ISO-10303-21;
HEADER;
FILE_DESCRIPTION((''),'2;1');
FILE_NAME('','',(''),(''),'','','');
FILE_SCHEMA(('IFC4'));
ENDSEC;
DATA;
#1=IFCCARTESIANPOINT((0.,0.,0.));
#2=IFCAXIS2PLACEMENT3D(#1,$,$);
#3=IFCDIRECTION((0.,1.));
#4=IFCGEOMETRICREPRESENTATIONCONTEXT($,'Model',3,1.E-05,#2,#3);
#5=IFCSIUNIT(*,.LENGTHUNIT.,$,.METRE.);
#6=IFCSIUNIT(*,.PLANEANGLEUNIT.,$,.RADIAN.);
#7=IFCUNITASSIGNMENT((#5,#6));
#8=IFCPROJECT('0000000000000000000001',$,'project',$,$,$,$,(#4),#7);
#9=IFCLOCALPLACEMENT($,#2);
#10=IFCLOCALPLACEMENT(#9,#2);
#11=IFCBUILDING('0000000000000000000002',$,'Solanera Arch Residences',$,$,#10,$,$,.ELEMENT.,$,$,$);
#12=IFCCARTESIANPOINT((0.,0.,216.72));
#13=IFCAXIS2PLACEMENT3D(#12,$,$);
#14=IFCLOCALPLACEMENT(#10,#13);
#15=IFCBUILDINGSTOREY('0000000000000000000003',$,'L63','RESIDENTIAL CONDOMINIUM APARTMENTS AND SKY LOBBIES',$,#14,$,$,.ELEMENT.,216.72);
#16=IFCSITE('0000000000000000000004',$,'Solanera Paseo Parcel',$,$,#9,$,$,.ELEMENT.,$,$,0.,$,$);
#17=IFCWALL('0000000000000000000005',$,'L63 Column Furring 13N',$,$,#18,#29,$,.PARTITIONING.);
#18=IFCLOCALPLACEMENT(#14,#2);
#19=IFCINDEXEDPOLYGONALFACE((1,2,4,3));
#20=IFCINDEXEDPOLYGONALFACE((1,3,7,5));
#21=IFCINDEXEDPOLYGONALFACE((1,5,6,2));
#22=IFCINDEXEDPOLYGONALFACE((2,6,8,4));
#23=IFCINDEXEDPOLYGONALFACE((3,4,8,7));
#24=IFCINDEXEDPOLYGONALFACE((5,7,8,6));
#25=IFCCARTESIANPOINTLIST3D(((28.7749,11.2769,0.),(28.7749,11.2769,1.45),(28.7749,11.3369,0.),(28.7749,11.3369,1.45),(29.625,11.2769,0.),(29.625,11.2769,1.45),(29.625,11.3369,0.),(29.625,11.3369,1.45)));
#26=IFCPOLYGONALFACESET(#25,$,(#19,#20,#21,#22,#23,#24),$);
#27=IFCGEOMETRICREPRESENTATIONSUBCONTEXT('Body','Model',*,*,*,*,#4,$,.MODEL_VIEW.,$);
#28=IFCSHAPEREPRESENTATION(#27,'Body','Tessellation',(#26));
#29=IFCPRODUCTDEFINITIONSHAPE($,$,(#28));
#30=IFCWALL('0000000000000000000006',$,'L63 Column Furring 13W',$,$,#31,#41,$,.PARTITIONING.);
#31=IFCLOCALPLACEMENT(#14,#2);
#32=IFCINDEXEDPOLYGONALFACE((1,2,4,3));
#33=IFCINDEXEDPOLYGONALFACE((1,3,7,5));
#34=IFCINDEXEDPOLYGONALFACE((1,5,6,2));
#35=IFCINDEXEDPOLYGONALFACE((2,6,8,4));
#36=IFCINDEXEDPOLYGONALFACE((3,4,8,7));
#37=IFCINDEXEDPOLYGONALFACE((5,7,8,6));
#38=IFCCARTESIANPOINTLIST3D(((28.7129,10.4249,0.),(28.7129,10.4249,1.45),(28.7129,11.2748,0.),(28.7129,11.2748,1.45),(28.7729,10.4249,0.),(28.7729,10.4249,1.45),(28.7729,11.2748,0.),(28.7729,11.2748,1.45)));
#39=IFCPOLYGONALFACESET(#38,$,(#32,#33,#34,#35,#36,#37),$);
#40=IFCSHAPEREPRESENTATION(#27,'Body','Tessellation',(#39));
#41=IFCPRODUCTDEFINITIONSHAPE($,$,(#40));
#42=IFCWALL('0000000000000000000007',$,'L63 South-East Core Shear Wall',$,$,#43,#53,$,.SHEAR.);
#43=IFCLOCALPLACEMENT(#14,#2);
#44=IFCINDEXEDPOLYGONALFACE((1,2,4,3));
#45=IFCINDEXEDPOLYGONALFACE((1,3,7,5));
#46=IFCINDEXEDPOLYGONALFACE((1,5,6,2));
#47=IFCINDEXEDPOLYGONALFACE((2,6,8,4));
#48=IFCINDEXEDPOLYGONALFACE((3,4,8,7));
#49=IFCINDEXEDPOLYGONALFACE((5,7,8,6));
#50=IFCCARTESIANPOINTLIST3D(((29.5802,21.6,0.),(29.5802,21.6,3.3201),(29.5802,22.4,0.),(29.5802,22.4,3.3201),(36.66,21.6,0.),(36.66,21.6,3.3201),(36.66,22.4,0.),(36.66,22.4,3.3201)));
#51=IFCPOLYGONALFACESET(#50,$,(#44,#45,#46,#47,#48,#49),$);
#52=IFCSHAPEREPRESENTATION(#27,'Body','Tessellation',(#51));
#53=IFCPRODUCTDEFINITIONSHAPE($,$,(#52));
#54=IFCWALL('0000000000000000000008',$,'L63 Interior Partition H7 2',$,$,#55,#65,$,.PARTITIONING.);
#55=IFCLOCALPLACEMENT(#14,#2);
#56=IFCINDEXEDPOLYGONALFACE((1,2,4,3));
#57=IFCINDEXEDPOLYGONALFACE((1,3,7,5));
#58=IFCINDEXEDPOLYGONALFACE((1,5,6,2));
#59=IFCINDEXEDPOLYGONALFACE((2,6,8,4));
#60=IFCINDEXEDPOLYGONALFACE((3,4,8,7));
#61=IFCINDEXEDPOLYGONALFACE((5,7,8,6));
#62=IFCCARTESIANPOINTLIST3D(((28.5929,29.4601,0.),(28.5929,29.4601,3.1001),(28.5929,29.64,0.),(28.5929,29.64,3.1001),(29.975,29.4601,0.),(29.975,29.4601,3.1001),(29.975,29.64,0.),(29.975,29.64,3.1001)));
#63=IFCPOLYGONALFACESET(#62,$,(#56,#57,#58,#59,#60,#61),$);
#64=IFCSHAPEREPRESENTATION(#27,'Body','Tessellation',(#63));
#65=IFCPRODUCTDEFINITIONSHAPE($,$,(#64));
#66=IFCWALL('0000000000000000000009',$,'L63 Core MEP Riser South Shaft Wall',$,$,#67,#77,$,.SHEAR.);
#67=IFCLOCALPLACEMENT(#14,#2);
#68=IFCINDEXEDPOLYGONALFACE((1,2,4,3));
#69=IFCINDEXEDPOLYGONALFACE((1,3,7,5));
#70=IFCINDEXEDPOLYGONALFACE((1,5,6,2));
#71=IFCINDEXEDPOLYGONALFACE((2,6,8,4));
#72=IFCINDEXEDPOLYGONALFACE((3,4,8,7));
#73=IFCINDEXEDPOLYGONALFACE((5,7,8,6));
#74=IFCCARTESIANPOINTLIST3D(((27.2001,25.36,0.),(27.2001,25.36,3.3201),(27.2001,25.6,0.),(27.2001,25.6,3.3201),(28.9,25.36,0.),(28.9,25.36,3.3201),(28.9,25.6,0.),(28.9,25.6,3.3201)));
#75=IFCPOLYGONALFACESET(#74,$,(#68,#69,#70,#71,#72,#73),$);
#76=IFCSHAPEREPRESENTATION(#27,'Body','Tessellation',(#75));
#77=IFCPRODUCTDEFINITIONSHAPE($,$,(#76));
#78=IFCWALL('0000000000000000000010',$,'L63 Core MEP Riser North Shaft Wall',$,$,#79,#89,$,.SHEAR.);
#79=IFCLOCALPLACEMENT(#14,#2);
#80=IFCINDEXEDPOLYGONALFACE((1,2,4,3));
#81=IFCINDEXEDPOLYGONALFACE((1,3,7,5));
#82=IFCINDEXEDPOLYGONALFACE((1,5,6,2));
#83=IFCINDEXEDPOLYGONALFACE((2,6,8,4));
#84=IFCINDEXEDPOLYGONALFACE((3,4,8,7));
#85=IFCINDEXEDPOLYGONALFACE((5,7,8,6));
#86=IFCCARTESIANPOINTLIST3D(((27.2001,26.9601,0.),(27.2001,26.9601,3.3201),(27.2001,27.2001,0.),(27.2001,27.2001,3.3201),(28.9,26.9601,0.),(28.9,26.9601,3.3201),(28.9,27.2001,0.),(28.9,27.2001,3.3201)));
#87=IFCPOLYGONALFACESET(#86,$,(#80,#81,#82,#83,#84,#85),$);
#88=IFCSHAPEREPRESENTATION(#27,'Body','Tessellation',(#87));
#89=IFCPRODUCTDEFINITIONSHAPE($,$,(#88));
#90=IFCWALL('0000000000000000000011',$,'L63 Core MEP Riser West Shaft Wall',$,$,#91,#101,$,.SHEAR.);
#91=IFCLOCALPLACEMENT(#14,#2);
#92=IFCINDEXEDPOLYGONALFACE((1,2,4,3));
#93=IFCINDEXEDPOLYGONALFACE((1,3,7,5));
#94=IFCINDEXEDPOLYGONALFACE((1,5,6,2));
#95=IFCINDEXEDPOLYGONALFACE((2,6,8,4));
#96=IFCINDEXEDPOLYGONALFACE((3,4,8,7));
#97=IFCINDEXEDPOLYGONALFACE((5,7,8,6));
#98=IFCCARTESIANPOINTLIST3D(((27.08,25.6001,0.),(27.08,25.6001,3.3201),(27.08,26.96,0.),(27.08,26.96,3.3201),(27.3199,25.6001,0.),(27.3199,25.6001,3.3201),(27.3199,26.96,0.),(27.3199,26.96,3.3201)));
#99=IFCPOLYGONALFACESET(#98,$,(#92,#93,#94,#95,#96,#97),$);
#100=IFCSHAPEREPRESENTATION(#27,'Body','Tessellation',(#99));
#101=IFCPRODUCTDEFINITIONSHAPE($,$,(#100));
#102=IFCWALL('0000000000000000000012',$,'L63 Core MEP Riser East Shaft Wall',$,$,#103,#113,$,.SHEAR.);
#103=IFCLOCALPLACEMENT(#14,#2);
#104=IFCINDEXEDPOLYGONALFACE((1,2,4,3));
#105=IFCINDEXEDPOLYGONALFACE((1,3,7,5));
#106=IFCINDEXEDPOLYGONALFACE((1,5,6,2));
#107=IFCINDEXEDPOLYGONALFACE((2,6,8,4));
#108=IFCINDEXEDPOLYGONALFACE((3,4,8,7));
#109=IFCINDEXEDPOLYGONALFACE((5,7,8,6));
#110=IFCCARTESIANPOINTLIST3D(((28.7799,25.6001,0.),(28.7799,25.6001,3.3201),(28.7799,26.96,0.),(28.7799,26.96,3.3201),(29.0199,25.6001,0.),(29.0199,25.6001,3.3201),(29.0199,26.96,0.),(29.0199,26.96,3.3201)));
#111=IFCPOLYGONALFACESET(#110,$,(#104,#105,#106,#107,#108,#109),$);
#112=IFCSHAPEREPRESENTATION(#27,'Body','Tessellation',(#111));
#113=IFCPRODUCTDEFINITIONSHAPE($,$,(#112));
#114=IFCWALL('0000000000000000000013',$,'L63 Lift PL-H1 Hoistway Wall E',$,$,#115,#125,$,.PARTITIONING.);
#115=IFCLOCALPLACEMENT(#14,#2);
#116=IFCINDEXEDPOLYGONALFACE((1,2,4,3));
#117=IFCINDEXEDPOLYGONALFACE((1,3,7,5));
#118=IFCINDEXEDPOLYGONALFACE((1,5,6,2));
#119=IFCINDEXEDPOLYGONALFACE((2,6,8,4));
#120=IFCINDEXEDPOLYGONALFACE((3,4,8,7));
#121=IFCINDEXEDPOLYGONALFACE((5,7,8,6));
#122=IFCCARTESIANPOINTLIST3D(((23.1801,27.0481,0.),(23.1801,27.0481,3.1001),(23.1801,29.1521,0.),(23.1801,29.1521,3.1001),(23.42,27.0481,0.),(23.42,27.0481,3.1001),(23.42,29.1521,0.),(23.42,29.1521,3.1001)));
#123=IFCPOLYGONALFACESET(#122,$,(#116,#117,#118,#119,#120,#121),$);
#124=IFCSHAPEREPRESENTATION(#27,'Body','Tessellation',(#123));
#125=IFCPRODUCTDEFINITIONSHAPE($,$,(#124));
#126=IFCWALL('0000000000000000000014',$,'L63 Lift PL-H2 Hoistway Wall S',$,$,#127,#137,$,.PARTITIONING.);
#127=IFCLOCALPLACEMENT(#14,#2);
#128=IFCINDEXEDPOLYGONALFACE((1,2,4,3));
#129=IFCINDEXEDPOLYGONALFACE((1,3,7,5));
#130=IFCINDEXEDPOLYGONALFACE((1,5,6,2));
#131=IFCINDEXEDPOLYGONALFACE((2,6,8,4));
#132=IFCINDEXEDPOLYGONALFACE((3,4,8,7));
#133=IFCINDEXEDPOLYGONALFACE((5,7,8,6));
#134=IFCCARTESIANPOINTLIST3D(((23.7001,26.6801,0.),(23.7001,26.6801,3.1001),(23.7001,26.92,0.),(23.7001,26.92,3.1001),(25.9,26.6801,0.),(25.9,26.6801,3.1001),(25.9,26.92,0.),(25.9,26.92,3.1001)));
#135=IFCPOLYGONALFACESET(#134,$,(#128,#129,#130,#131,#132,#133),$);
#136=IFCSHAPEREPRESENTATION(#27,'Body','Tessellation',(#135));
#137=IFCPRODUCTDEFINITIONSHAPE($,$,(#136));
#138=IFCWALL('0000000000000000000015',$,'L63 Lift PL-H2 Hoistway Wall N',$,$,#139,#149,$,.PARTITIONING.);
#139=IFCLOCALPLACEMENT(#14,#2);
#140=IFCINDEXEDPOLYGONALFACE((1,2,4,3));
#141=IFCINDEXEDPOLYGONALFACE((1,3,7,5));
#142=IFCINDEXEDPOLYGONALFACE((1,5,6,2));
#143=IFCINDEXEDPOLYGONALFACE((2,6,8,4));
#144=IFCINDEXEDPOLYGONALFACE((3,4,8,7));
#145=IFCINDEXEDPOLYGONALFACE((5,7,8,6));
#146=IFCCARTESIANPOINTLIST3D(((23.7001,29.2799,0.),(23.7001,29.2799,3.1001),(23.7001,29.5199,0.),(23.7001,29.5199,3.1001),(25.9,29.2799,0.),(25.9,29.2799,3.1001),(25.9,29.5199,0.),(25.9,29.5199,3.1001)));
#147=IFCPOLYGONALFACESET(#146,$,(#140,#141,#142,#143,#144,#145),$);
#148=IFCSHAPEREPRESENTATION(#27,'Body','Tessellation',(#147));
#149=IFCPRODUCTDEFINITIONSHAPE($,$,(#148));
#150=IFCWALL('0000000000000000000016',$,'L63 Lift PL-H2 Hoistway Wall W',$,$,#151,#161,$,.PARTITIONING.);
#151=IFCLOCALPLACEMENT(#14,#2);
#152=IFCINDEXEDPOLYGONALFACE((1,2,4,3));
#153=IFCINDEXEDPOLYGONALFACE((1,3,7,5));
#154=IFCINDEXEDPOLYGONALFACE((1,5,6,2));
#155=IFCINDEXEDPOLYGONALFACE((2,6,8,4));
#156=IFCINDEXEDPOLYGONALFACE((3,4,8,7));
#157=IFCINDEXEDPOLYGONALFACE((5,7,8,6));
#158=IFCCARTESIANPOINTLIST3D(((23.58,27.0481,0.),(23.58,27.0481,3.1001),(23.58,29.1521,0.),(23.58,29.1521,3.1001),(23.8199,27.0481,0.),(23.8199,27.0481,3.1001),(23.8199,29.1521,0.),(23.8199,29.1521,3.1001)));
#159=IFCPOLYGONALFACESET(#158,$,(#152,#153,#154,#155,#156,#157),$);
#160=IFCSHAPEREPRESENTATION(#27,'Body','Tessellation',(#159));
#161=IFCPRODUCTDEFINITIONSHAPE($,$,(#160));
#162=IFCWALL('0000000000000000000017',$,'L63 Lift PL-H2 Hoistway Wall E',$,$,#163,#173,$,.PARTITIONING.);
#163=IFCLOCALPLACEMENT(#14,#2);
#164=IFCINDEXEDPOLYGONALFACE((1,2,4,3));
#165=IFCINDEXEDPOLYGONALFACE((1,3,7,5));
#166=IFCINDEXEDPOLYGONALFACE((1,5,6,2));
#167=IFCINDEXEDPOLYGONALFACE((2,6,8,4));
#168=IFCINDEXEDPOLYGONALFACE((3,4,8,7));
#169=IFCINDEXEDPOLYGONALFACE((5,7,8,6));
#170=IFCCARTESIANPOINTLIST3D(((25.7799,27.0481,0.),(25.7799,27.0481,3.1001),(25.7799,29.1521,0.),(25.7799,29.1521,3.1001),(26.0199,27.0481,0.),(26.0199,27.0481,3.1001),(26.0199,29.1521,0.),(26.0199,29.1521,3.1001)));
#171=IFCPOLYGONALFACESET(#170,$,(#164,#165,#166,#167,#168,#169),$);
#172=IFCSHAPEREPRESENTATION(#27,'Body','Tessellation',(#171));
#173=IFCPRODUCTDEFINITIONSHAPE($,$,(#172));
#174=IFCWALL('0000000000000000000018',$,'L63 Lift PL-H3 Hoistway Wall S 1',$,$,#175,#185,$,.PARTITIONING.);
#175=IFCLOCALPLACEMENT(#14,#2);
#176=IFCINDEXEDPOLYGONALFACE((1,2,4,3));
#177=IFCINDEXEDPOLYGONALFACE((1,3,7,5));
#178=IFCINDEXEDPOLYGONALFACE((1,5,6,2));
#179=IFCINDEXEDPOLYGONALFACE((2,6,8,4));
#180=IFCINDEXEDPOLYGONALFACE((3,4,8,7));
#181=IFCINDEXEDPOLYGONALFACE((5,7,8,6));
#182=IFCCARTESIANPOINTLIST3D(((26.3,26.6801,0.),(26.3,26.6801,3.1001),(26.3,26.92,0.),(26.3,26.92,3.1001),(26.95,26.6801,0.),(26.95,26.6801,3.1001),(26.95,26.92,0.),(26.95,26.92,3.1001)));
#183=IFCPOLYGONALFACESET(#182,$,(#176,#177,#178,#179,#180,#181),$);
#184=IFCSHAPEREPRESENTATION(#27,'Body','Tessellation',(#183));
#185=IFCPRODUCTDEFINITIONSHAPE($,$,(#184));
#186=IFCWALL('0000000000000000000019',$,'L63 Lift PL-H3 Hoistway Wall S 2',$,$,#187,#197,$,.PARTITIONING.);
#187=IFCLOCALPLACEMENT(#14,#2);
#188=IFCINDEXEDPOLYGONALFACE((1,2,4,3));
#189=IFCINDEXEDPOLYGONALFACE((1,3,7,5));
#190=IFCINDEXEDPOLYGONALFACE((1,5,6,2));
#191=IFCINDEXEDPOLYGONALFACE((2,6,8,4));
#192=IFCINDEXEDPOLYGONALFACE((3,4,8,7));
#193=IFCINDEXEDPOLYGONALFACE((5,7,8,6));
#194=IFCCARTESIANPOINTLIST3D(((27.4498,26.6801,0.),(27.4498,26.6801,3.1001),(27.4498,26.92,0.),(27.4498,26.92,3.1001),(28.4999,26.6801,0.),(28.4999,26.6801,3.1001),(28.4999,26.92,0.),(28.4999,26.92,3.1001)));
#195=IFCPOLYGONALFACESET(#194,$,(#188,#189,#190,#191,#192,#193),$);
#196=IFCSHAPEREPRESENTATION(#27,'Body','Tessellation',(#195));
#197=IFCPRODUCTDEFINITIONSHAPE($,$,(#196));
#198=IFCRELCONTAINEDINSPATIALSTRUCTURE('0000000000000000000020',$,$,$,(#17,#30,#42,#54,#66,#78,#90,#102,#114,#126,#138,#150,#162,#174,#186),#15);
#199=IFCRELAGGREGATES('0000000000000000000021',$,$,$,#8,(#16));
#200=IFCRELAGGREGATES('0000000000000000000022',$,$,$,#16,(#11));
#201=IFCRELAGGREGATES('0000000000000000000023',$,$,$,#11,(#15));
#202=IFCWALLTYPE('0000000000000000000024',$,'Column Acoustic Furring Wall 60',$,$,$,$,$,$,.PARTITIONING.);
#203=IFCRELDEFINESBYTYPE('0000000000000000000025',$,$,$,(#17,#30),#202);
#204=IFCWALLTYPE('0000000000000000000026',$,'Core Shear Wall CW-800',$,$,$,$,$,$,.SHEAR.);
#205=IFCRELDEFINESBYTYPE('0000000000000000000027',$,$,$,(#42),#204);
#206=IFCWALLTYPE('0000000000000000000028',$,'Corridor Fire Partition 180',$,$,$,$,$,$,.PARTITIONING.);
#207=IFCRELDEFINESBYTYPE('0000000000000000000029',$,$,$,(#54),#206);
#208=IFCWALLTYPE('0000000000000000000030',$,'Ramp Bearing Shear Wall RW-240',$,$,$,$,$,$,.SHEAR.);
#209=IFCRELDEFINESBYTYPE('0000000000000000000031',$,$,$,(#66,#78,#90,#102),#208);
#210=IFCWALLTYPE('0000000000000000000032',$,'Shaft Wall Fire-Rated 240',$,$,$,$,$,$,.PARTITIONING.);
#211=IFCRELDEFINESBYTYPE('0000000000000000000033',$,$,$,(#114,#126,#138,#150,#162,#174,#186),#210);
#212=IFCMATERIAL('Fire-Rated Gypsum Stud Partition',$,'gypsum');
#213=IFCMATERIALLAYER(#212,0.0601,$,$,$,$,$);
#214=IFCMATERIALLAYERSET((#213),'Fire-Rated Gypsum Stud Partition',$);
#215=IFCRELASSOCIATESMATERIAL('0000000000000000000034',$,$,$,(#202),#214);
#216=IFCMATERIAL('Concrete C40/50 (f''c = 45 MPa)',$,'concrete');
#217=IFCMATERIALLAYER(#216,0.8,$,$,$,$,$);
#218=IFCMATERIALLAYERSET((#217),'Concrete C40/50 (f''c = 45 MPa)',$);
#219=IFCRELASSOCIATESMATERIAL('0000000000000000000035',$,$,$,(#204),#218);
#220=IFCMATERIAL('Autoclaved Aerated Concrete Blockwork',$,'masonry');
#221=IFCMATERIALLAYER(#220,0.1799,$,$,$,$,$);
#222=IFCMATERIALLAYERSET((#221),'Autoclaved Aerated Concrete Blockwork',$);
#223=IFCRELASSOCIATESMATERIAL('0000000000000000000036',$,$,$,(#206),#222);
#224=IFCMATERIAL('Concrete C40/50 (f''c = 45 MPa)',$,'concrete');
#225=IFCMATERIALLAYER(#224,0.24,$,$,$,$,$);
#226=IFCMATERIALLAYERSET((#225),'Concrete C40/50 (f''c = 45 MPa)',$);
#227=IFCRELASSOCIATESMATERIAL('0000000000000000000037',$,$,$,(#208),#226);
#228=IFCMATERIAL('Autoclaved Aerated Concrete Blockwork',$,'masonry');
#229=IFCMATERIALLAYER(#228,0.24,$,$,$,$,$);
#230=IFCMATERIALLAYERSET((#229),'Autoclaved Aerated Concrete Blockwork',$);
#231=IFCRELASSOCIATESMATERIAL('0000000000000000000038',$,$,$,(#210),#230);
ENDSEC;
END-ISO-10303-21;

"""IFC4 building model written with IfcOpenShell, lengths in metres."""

from ifc_helpers import new_model, si_unit, direction, frame, frame_2d, origin, place, context, subcontext, project, spatial, rectangle, extrude, material, layer, layer_set, type_object, element, save


model = new_model("IFC4")

# Units and contexts
model_context = context("Model", 3, precision=1e-05, world=origin(), true_north=direction((0.0, 1.0)))
body_context = subcontext(model_context, "Body", "Model", "MODEL_VIEW")
ifc_project = project(units=[si_unit("LENGTHUNIT", "METRE"), si_unit("PLANEANGLEUNIT", "RADIAN")], contexts=[model_context])

# Site, building, storey
site_placement = place(None, origin())
site = spatial("IfcSite", under=ifc_project, at=site_placement, Name="Solanera Paseo Parcel", CompositionType="ELEMENT", RefElevation=0.0)
building_placement = place(site_placement, origin())
building = spatial("IfcBuilding", under=site, at=building_placement, Name="Solanera Arch Residences", CompositionType="ELEMENT")
storey_placement = place(building_placement, frame((0.0, 0.0, 216.72)))
storey = spatial("IfcBuildingStorey", under=building, at=storey_placement, Name="L63", Description="RESIDENTIAL CONDOMINIUM APARTMENTS AND SKY LOBBIES", CompositionType="ELEMENT", Elevation=216.72)

# Walls
ifc_material_1 = material(Name="Fire-Rated Gypsum Stud Partition", Category="gypsum")
ifc_layer_1 = layer(ifc_material_1, 0.0601)
ifc_layer_set_1 = layer_set([ifc_layer_1], Name="Fire-Rated Gypsum Stud Partition")
wall_type_1 = type_object("IfcWallType", Name="Column Acoustic Furring Wall 60", PredefinedType="PARTITIONING", material=ifc_layer_set_1)
for number, where, z_axis, x_axis, name in (
    (1, (28.7749, 11.3069, 0.0), (0.0, 0.0, 1.0), (1.0, 0.0, 0.0), "L63 Column Furring 13N"),
):
    element("IfcWall", number, at=place(storey_placement, frame(where, z_axis=z_axis, x_axis=x_axis)), inside=storey, type_object=wall_type_1, Name=name, PredefinedType="PARTITIONING", context=body_context, shape_type="SweptSolid", body=[
        extrude(rectangle(XDim=0.8501, YDim=0.0601, at=frame_2d((0.425, 0.0))), origin(), (0.0, 0.0, 1.0), 1.45),
    ])
wall_1_placement = place(storey_placement, frame((28.7429, 10.425, 0.0), z_axis=(0.0, 0.0, 1.0), x_axis=(0.0, 1.0, 0.0)))
element("IfcWall", 2, at=wall_1_placement, inside=storey, type_object=wall_type_1, Name="L63 Column Furring 13W", PredefinedType="PARTITIONING", context=body_context, shape_type="SweptSolid", body=[
    extrude(rectangle(XDim=0.8499, YDim=0.0601, at=frame_2d((0.4248, 0.0))), origin(), (0.0, 0.0, 1.0), 1.45),
])
ifc_material_2 = material(Name="Concrete C40/50 (f'c = 45 MPa)", Category="concrete")
ifc_layer_2 = layer(ifc_material_2, 0.8)
ifc_layer_set_2 = layer_set([ifc_layer_2], Name="Concrete C40/50 (f'c = 45 MPa)")
wall_type_2 = type_object("IfcWallType", Name="Core Shear Wall CW-800", PredefinedType="SHEAR", material=ifc_layer_set_2)
wall_2_placement = place(storey_placement, frame((29.5801, 22.0, 0.0), z_axis=(0.0, 0.0, 1.0), x_axis=(1.0, 0.0, 0.0)))
element("IfcWall", 3, at=wall_2_placement, inside=storey, type_object=wall_type_2, Name="L63 South-East Core Shear Wall", PredefinedType="SHEAR", context=body_context, shape_type="SweptSolid", body=[
    extrude(rectangle(XDim=7.0798, YDim=0.8, at=frame_2d((3.54, 0.0))), origin(), (0.0, 0.0, 1.0), 3.3201),
])
ifc_material_3 = material(Name="Autoclaved Aerated Concrete Blockwork", Category="masonry")
ifc_layer_3 = layer(ifc_material_3, 0.1799)
ifc_layer_set_3 = layer_set([ifc_layer_3], Name="Autoclaved Aerated Concrete Blockwork")
wall_type_3 = type_object("IfcWallType", Name="Corridor Fire Partition 180", PredefinedType="PARTITIONING", material=ifc_layer_set_3)
wall_3_placement = place(storey_placement, frame((28.593, 29.55, 0.0), z_axis=(0.0, 0.0, 1.0), x_axis=(1.0, 0.0, 0.0)))
element("IfcWall", 4, at=wall_3_placement, inside=storey, type_object=wall_type_3, Name="L63 Interior Partition H7 2", PredefinedType="PARTITIONING", context=body_context, shape_type="SweptSolid", body=[
    extrude(rectangle(XDim=1.3821, YDim=0.1799, at=frame_2d((0.6909, 0.0))), origin(), (0.0, 0.0, 1.0), 3.1001),
])
ifc_material_4 = material(Name="Concrete C40/50 (f'c = 45 MPa)", Category="concrete")
ifc_layer_4 = layer(ifc_material_4, 0.24)
ifc_layer_set_4 = layer_set([ifc_layer_4], Name="Concrete C40/50 (f'c = 45 MPa)")
wall_type_4 = type_object("IfcWallType", Name="Ramp Bearing Shear Wall RW-240", PredefinedType="SHEAR", material=ifc_layer_set_4)
for number, where, z_axis, x_axis, name in (
    (5, (27.2, 25.48, 0.0), (0.0, 0.0, 1.0), (1.0, 0.0, 0.0), "L63 Core MEP Riser South Shaft Wall"),
    (6, (27.2, 27.0801, 0.0), (0.0, 0.0, 1.0), (1.0, 0.0, 0.0), "L63 Core MEP Riser North Shaft Wall"),
):
    element("IfcWall", number, at=place(storey_placement, frame(where, z_axis=z_axis, x_axis=x_axis)), inside=storey, type_object=wall_type_4, Name=name, PredefinedType="SHEAR", context=body_context, shape_type="SweptSolid", body=[
        extrude(rectangle(XDim=1.7, YDim=0.24, at=frame_2d((0.8501, 0.0))), origin(), (0.0, 0.0, 1.0), 3.3201),
    ])
for number, where, z_axis, x_axis, name in (
    (7, (27.2, 25.6001, 0.0), (0.0, 0.0, 1.0), (0.0, 1.0, 0.0), "L63 Core MEP Riser West Shaft Wall"),
    (8, (28.8999, 25.6001, 0.0), (0.0, 0.0, 1.0), (0.0, 1.0, 0.0), "L63 Core MEP Riser East Shaft Wall"),
):
    element("IfcWall", number, at=place(storey_placement, frame(where, z_axis=z_axis, x_axis=x_axis)), inside=storey, type_object=wall_type_4, Name=name, PredefinedType="SHEAR", context=body_context, shape_type="SweptSolid", body=[
        extrude(rectangle(XDim=1.3599, YDim=0.24, at=frame_2d((0.6799, 0.0))), origin(), (0.0, 0.0, 1.0), 3.3201),
    ])
ifc_material_5 = material(Name="Autoclaved Aerated Concrete Blockwork", Category="masonry")
ifc_layer_5 = layer(ifc_material_5, 0.24)
ifc_layer_set_5 = layer_set([ifc_layer_5], Name="Autoclaved Aerated Concrete Blockwork")
wall_type_5 = type_object("IfcWallType", Name="Shaft Wall Fire-Rated 240", PredefinedType="PARTITIONING", material=ifc_layer_set_5)
wall_4_placement = place(storey_placement, frame((23.3, 27.0481, 0.0), z_axis=(0.0, 0.0, 1.0), x_axis=(0.0, 1.0, 0.0)))
element("IfcWall", 9, at=wall_4_placement, inside=storey, type_object=wall_type_5, Name="L63 Lift PL-H1 Hoistway Wall E", PredefinedType="PARTITIONING", context=body_context, shape_type="SweptSolid", body=[
    extrude(rectangle(XDim=2.104, YDim=0.24, at=frame_2d((1.052, 0.0))), origin(), (0.0, 0.0, 1.0), 3.1001),
])
for number, where, z_axis, x_axis, name in (
    (10, (23.7, 26.8, 0.0), (0.0, 0.0, 1.0), (1.0, 0.0, 0.0), "L63 Lift PL-H2 Hoistway Wall S"),
    (11, (23.7, 29.3999, 0.0), (0.0, 0.0, 1.0), (1.0, 0.0, 0.0), "L63 Lift PL-H2 Hoistway Wall N"),
):
    element("IfcWall", number, at=place(storey_placement, frame(where, z_axis=z_axis, x_axis=x_axis)), inside=storey, type_object=wall_type_5, Name=name, PredefinedType="PARTITIONING", context=body_context, shape_type="SweptSolid", body=[
        extrude(rectangle(XDim=2.2, YDim=0.24, at=frame_2d((1.1001, 0.0))), origin(), (0.0, 0.0, 1.0), 3.1001),
    ])
for number, where, z_axis, x_axis, name in (
    (12, (23.7, 27.0481, 0.0), (0.0, 0.0, 1.0), (0.0, 1.0, 0.0), "L63 Lift PL-H2 Hoistway Wall W"),
    (13, (25.8999, 27.0481, 0.0), (0.0, 0.0, 1.0), (0.0, 1.0, 0.0), "L63 Lift PL-H2 Hoistway Wall E"),
):
    element("IfcWall", number, at=place(storey_placement, frame(where, z_axis=z_axis, x_axis=x_axis)), inside=storey, type_object=wall_type_5, Name=name, PredefinedType="PARTITIONING", context=body_context, shape_type="SweptSolid", body=[
        extrude(rectangle(XDim=2.104, YDim=0.24, at=frame_2d((1.052, 0.0))), origin(), (0.0, 0.0, 1.0), 3.1001),
    ])
wall_5_placement = place(storey_placement, frame((26.3, 26.8, 0.0), z_axis=(0.0, 0.0, 1.0), x_axis=(1.0, 0.0, 0.0)))
element("IfcWall", 14, at=wall_5_placement, inside=storey, type_object=wall_type_5, Name="L63 Lift PL-H3 Hoistway Wall S 1", PredefinedType="PARTITIONING", context=body_context, shape_type="SweptSolid", body=[
    extrude(rectangle(XDim=0.6499, YDim=0.24, at=frame_2d((0.325, 0.0))), origin(), (0.0, 0.0, 1.0), 3.1001),
])
wall_6_placement = place(storey_placement, frame((27.45, 26.8, 0.0), z_axis=(0.0, 0.0, 1.0), x_axis=(1.0, 0.0, 0.0)))
element("IfcWall", 15, at=wall_6_placement, inside=storey, type_object=wall_type_5, Name="L63 Lift PL-H3 Hoistway Wall S 2", PredefinedType="PARTITIONING", context=body_context, shape_type="SweptSolid", body=[
    extrude(rectangle(XDim=1.05, YDim=0.24, at=frame_2d((0.5249, 0.0))), origin(), (0.0, 0.0, 1.0), 3.1001),
])

save(model, "model.ifc")
